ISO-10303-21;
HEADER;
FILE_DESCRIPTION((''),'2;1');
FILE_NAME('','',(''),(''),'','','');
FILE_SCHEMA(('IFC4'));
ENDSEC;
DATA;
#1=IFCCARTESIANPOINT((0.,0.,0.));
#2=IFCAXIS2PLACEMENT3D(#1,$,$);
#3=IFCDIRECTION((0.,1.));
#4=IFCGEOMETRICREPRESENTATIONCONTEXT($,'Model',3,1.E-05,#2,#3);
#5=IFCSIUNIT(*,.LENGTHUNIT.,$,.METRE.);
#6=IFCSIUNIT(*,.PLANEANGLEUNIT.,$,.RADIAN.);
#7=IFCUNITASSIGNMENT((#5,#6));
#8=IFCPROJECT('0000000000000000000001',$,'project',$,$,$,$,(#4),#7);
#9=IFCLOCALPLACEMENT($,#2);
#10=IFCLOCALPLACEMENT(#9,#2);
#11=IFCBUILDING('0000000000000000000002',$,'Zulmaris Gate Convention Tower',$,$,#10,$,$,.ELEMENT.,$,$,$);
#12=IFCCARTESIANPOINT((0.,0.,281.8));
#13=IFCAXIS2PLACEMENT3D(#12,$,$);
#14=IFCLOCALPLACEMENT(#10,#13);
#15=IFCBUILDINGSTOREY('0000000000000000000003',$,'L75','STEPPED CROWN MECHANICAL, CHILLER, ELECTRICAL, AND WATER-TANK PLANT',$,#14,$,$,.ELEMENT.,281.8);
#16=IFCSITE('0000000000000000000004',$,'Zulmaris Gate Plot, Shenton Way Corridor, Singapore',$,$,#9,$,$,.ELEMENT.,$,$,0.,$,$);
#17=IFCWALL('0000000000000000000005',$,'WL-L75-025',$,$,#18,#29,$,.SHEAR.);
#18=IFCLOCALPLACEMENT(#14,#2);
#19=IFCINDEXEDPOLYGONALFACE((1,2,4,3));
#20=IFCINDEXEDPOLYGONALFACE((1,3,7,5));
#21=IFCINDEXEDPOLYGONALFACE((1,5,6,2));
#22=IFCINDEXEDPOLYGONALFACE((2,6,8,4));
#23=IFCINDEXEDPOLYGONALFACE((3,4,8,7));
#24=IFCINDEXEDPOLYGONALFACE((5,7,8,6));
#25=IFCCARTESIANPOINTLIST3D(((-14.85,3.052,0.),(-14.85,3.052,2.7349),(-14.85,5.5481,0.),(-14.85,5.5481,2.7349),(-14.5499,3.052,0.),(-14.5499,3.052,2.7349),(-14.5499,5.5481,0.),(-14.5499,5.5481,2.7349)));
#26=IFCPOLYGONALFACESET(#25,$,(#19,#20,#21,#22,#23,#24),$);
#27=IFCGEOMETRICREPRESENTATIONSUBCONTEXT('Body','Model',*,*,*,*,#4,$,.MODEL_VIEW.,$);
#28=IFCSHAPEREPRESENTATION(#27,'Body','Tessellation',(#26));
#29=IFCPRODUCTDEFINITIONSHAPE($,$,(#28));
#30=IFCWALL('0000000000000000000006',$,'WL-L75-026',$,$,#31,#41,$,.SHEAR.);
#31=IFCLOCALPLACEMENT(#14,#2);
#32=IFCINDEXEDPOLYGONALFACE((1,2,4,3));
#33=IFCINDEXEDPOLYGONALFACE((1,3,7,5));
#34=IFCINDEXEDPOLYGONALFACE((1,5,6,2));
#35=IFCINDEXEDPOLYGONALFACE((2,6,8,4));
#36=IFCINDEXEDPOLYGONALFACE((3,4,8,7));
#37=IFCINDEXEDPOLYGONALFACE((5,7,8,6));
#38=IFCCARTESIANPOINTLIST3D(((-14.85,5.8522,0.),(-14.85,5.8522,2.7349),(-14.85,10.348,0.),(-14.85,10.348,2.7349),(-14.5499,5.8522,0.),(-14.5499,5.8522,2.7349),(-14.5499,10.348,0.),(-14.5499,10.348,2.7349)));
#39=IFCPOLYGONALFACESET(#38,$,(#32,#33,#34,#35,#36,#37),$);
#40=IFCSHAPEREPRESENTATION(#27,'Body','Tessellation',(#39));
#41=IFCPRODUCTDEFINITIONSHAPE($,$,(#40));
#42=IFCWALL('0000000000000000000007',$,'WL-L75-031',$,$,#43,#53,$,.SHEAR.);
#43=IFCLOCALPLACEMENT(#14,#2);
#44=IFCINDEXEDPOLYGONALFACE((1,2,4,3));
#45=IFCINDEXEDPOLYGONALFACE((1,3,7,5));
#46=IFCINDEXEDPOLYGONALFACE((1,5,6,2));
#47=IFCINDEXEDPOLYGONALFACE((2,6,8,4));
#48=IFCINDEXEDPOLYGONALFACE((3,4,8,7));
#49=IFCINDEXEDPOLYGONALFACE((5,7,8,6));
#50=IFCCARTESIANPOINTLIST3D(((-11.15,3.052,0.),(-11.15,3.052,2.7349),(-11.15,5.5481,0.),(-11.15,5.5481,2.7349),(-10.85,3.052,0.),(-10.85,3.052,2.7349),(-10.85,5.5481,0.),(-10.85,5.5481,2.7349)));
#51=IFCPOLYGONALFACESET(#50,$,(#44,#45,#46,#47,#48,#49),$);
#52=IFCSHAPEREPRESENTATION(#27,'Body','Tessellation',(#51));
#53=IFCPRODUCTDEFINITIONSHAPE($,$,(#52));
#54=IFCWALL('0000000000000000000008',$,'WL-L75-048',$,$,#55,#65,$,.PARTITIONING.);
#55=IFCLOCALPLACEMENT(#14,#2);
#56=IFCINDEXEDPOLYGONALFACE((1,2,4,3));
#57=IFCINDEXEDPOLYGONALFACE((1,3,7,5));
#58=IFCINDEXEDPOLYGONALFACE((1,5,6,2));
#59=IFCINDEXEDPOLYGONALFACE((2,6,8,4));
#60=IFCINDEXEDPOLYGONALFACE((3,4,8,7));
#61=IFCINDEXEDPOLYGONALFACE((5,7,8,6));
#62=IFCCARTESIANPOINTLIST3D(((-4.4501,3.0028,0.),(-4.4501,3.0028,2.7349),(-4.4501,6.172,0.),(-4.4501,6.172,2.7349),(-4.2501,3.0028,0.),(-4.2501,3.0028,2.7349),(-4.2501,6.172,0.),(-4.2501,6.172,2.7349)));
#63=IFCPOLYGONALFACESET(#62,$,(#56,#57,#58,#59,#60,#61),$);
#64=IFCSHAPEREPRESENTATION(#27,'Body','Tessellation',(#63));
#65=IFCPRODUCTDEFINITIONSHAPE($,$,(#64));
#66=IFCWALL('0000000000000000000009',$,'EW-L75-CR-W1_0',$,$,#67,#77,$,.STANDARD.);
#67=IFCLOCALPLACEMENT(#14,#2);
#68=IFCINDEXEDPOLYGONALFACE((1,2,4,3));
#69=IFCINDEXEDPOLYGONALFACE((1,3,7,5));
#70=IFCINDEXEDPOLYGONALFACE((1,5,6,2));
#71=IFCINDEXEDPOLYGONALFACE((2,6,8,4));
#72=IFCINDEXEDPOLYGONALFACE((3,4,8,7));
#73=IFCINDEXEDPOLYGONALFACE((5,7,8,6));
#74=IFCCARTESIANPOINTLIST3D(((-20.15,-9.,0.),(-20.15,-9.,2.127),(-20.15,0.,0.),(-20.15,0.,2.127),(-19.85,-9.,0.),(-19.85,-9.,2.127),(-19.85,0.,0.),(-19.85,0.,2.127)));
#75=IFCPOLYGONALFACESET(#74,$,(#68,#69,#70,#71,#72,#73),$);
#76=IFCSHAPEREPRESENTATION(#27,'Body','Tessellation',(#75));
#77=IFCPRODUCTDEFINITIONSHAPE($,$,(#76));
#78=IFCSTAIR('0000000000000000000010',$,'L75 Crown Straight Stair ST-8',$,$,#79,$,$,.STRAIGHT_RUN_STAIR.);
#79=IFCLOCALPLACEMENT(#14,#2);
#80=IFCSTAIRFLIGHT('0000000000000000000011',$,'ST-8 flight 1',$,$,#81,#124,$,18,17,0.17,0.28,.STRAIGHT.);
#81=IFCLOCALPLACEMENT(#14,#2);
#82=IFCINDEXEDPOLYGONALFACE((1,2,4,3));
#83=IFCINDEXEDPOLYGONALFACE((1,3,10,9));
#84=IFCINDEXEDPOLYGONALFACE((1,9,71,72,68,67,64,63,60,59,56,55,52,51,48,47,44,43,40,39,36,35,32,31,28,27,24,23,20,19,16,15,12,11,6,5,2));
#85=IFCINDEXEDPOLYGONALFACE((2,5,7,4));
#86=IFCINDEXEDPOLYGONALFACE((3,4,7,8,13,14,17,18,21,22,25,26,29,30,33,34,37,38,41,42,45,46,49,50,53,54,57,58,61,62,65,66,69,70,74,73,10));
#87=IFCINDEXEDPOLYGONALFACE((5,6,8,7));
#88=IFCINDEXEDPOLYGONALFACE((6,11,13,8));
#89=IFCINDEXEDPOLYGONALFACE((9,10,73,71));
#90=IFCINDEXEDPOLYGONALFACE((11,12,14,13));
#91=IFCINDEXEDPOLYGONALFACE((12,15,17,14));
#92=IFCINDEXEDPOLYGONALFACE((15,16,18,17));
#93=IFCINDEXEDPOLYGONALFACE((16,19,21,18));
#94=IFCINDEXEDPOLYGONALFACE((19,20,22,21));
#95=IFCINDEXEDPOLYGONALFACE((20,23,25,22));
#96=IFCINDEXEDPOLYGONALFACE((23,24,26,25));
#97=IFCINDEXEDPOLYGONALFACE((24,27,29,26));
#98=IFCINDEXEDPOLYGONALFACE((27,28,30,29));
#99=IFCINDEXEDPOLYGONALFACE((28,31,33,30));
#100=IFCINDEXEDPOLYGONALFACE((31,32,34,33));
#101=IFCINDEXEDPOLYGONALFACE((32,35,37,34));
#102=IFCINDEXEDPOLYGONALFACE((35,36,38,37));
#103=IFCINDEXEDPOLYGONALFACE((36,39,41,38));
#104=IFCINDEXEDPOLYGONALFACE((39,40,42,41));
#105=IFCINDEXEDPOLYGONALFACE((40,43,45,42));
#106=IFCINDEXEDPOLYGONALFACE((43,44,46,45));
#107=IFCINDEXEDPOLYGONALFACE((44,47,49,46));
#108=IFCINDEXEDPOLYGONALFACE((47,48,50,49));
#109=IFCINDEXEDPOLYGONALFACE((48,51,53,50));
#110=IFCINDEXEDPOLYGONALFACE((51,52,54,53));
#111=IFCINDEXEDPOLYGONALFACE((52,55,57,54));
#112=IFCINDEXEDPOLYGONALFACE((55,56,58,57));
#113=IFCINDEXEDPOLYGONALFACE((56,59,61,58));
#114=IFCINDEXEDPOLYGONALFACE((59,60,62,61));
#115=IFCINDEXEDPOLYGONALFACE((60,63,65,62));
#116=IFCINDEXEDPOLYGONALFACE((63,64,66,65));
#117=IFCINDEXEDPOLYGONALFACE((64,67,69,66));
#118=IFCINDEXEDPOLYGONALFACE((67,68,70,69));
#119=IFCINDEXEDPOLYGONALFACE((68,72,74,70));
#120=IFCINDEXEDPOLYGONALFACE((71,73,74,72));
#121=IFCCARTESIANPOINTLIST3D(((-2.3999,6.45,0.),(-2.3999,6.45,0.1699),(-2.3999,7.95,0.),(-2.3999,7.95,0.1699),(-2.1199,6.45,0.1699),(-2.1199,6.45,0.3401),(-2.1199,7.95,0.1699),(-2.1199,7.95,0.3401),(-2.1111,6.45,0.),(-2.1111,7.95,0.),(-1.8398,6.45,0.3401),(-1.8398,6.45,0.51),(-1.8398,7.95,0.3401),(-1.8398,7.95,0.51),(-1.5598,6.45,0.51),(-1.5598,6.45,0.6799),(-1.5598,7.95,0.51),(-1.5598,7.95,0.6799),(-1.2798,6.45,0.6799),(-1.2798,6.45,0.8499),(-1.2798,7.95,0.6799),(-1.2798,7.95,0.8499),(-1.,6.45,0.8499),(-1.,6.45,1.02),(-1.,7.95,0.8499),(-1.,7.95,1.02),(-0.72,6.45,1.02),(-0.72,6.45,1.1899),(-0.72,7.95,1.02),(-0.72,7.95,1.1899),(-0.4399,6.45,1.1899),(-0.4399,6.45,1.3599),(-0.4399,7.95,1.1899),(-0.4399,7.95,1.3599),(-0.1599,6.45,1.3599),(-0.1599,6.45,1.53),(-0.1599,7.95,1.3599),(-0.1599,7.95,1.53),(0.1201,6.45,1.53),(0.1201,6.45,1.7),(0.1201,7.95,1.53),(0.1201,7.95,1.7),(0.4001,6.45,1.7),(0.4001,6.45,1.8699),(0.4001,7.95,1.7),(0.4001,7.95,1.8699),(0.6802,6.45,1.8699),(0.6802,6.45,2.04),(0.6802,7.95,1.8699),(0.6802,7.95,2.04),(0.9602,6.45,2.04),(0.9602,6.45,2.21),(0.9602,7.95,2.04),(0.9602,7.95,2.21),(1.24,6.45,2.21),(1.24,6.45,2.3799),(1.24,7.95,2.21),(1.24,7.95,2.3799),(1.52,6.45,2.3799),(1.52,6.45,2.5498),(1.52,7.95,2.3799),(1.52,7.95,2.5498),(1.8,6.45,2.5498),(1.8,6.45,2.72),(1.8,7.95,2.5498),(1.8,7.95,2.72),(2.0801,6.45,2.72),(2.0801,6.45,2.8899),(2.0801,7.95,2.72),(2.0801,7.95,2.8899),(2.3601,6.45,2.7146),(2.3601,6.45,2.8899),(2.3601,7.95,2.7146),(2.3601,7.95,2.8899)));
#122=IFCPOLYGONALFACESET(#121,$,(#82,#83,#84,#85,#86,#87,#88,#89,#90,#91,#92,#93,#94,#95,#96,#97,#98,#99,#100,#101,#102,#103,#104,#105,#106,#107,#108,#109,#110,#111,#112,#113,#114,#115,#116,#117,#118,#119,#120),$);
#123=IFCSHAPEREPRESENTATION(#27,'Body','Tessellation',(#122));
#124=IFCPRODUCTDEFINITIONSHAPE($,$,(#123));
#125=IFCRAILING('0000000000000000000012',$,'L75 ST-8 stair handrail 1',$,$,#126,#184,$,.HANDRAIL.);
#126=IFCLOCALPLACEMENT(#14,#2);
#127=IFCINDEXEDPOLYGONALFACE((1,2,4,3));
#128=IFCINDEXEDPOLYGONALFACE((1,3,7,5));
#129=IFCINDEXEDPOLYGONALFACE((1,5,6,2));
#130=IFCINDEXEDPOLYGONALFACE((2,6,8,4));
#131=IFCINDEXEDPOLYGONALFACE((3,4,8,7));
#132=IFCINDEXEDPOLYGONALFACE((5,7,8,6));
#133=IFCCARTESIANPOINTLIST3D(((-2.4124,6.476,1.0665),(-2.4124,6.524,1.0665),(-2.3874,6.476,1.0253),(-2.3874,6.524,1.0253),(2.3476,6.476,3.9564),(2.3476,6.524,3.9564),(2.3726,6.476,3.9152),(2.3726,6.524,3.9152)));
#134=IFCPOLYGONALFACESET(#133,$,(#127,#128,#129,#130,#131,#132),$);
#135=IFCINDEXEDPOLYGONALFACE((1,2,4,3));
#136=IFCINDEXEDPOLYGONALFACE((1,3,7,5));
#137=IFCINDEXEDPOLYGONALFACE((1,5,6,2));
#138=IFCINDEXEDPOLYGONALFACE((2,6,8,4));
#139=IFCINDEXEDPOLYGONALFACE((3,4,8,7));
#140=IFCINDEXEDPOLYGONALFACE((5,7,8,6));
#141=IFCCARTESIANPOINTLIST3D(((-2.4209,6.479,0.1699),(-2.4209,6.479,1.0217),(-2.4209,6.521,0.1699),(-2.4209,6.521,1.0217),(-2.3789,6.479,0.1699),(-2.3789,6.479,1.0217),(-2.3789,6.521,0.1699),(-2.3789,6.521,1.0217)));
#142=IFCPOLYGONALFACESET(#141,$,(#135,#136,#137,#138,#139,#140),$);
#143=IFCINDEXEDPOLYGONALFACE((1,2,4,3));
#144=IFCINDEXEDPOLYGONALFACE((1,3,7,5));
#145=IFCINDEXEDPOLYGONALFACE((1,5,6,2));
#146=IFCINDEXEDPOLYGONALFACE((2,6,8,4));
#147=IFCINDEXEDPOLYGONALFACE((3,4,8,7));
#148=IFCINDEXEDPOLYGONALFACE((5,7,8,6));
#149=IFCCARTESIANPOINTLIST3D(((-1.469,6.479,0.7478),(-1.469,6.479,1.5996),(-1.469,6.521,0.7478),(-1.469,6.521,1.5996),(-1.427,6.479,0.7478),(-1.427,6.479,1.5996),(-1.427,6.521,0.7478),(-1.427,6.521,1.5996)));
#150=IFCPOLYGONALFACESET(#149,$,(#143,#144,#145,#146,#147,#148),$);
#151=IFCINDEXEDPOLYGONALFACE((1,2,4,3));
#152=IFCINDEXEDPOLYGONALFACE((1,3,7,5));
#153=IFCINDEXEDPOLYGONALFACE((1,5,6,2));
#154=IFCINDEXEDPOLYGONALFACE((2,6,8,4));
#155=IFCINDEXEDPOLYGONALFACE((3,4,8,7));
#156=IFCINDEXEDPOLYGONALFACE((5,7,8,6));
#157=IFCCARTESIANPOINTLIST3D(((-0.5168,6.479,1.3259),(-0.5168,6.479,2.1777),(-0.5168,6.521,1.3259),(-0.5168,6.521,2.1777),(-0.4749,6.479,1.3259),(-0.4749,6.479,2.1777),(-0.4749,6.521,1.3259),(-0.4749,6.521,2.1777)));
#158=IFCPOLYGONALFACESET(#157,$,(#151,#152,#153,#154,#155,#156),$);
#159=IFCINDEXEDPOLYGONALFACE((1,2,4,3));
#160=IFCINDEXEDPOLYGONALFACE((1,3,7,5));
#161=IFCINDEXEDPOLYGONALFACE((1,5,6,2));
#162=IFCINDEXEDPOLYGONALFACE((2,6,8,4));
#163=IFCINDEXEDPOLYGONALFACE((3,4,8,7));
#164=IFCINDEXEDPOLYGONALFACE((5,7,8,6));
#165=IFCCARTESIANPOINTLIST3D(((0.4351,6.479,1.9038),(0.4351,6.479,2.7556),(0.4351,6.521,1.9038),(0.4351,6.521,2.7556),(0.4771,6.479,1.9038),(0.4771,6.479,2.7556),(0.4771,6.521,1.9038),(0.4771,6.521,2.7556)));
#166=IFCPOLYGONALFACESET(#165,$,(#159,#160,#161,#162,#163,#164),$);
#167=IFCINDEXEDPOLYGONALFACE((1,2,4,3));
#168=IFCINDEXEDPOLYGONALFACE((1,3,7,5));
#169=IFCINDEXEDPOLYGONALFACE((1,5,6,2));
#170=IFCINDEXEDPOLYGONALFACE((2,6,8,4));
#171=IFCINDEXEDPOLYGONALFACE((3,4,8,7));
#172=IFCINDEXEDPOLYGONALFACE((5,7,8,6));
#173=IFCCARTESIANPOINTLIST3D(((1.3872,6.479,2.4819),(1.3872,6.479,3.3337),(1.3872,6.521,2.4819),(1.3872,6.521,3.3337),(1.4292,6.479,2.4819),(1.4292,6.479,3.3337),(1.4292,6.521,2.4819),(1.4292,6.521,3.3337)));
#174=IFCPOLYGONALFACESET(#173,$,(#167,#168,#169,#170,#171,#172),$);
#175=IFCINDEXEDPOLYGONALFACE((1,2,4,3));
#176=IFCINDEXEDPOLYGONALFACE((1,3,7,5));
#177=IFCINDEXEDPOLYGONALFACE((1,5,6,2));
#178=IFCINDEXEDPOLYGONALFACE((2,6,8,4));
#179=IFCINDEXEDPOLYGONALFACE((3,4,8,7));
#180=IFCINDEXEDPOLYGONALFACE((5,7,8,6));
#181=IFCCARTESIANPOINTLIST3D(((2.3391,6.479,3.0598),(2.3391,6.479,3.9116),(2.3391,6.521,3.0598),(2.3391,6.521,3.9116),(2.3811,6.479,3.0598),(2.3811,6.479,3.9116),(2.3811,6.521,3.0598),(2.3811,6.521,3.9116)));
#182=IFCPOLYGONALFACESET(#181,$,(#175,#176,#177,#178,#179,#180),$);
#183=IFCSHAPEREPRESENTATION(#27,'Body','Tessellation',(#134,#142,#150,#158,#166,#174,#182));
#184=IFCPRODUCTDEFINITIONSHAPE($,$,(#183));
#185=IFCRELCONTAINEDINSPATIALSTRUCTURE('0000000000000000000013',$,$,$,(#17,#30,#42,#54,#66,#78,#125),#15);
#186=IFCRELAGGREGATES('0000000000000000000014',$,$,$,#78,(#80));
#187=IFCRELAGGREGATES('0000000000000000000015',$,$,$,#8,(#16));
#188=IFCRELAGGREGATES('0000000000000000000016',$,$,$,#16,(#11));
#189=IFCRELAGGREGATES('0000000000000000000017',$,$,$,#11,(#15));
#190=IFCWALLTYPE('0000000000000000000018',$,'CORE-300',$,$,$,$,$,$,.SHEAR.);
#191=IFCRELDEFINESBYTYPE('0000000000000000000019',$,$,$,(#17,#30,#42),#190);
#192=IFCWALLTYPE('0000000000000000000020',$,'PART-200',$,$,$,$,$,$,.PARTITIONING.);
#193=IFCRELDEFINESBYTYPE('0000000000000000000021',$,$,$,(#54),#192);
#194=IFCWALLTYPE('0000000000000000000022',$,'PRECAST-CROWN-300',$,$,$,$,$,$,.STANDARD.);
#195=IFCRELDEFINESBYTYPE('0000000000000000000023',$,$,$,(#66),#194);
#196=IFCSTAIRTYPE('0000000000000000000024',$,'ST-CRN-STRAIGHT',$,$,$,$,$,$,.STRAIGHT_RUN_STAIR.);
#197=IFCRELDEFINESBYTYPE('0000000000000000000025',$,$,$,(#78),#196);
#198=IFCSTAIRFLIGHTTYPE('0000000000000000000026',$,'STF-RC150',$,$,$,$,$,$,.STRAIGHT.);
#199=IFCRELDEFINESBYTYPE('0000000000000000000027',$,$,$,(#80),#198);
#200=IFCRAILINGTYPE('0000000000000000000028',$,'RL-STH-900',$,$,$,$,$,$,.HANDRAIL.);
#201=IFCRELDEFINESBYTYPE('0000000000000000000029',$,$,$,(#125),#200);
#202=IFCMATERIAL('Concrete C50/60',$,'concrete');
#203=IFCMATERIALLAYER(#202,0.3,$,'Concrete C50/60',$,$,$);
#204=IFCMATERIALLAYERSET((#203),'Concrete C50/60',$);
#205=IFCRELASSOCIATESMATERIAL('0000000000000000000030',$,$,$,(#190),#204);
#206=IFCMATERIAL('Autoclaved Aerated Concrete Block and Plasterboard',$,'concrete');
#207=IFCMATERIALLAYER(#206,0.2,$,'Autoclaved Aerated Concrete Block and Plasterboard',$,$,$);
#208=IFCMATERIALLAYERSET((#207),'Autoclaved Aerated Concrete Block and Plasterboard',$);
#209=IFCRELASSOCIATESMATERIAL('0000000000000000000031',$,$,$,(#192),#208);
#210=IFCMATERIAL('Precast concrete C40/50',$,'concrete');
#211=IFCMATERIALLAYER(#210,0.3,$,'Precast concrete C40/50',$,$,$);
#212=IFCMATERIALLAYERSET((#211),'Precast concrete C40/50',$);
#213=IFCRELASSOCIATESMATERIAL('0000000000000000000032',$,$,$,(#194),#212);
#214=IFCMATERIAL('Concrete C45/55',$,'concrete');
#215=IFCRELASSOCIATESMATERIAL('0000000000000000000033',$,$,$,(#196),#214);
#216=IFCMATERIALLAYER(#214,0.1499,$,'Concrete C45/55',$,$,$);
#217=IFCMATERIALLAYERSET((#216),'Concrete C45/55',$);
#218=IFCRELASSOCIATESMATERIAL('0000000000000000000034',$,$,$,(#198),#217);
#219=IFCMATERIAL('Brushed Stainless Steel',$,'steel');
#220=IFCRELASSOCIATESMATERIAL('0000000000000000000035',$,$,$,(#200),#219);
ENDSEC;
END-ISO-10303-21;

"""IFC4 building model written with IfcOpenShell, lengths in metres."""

from ifc_helpers import new_model, si_unit, direction, frame, frame_2d, origin, origin_2d, place, context, subcontext, project, spatial, polyline, rectangle, outline, extrude, material, layer, layer_set, type_object, element, aggregate, save


model = new_model("IFC4")

# Units and contexts
model_context = context("Model", 3, precision=1e-05, world=origin(), true_north=direction((0.0, 1.0)))
body_context = subcontext(model_context, "Body", "Model", "MODEL_VIEW")
ifc_project = project(units=[si_unit("LENGTHUNIT", "METRE"), si_unit("PLANEANGLEUNIT", "RADIAN")], contexts=[model_context])

# Site, building, storey
site_placement = place(None, origin())
site = spatial("IfcSite", under=ifc_project, at=site_placement, Name="Zulmaris Gate Plot, Shenton Way Corridor, Singapore", CompositionType="ELEMENT", RefElevation=0.0)
building_placement = place(site_placement, origin())
building = spatial("IfcBuilding", under=site, at=building_placement, Name="Zulmaris Gate Convention Tower", CompositionType="ELEMENT")
storey_placement = place(building_placement, frame((0.0, 0.0, 281.8)))
storey = spatial("IfcBuildingStorey", under=building, at=storey_placement, Name="L75", Description="STEPPED CROWN MECHANICAL, CHILLER, ELECTRICAL, AND WATER-TANK PLANT", CompositionType="ELEMENT", Elevation=281.8)

# Shared definitions
ifc_material_1 = material(Name="Concrete C45/55", Category="concrete")

# Shared definitions
ifc_material_2 = material(Name="Concrete C50/60", Category="concrete")

# Shared definitions
ifc_layer_1 = layer(ifc_material_2, 0.3, Name="Concrete C50/60")
ifc_layer_set_1 = layer_set([ifc_layer_1], Name="Concrete C50/60")
wall_type_1 = type_object("IfcWallType", Name="CORE-300", PredefinedType="SHEAR", material=ifc_layer_set_1)
ifc_material_3 = material(Name="Brushed Stainless Steel", Category="steel")

# Walls
wall_1_placement = place(storey_placement, frame((-14.7, 3.052, 0.0), z_axis=(0.0, 0.0, 1.0), x_axis=(0.0, 1.0, 0.0)))
element("IfcWall", 1, at=wall_1_placement, inside=storey, type_object=wall_type_1, Name="WL-L75-025", PredefinedType="SHEAR", context=body_context, shape_type="SweptSolid", body=[
    extrude(rectangle(XDim=2.4961, YDim=0.3, at=frame_2d((1.248, 0.0))), origin(), (0.0, 0.0, 1.0), 2.7349),
])
wall_2_placement = place(storey_placement, frame((-14.7, 5.8521, 0.0), z_axis=(0.0, 0.0, 1.0), x_axis=(0.0, 1.0, 0.0)))
element("IfcWall", 2, at=wall_2_placement, inside=storey, type_object=wall_type_1, Name="WL-L75-026", PredefinedType="SHEAR", context=body_context, shape_type="SweptSolid", body=[
    extrude(rectangle(XDim=4.4958, YDim=0.3, at=frame_2d((2.248, 0.0))), origin(), (0.0, 0.0, 1.0), 2.7349),
])

# Wall
wall_3_placement = place(storey_placement, frame((-11.0, 3.052, 0.0), z_axis=(0.0, 0.0, 1.0), x_axis=(0.0, 1.0, 0.0)))
element("IfcWall", 3, at=wall_3_placement, inside=storey, type_object=wall_type_1, Name="WL-L75-031", PredefinedType="SHEAR", context=body_context, shape_type="SweptSolid", body=[
    extrude(rectangle(XDim=2.4961, YDim=0.3, at=frame_2d((1.248, 0.0))), origin(), (0.0, 0.0, 1.0), 2.7349),
])

# Shared definitions
ifc_material_4 = material(Name="Autoclaved Aerated Concrete Block and Plasterboard", Category="concrete")
ifc_layer_2 = layer(ifc_material_4, 0.2, Name="Autoclaved Aerated Concrete Block and Plasterboard")
ifc_layer_set_2 = layer_set([ifc_layer_2], Name="Autoclaved Aerated Concrete Block and Plasterboard")
wall_type_2 = type_object("IfcWallType", Name="PART-200", PredefinedType="PARTITIONING", material=ifc_layer_set_2)

# Walls
wall_4_placement = place(storey_placement, frame((-4.3501, 3.0029, 0.0), z_axis=(0.0, 0.0, 1.0), x_axis=(0.0, 1.0, 0.0)))
element("IfcWall", 4, at=wall_4_placement, inside=storey, type_object=wall_type_2, Name="WL-L75-048", PredefinedType="PARTITIONING", context=body_context, shape_type="SweptSolid", body=[
    extrude(rectangle(XDim=3.1692, YDim=0.2, at=frame_2d((1.5845, 0.0))), origin(), (0.0, 0.0, 1.0), 2.7349),
])
ifc_material_5 = material(Name="Precast concrete C40/50", Category="concrete")
ifc_layer_3 = layer(ifc_material_5, 0.3, Name="Precast concrete C40/50")
ifc_layer_set_3 = layer_set([ifc_layer_3], Name="Precast concrete C40/50")
wall_type_3 = type_object("IfcWallType", Name="PRECAST-CROWN-300", PredefinedType="STANDARD", material=ifc_layer_set_3)
wall_5_placement = place(storey_placement, frame((-20.0, 0.0, 0.0), z_axis=(0.0, 0.0, 1.0), x_axis=(0.0, -1.0, 0.0)))
element("IfcWall", 5, at=wall_5_placement, inside=storey, type_object=wall_type_3, Name="EW-L75-CR-W1_0", PredefinedType="STANDARD", context=body_context, shape_type="SweptSolid", body=[
    extrude(rectangle(XDim=9.0, YDim=0.3, at=frame_2d((4.5, 0.0))), origin(), (0.0, 0.0, 1.0), 2.127),
])

# Stair, stair flight
stair_type_1 = type_object("IfcStairType", Name="ST-CRN-STRAIGHT", PredefinedType="STRAIGHT_RUN_STAIR", material=ifc_material_1)
stair_1_placement = place(storey_placement, origin())
stair_1 = element("IfcStair", 6, at=stair_1_placement, inside=storey, type_object=stair_type_1, Name="L75 Crown Straight Stair ST-8", PredefinedType="STRAIGHT_RUN_STAIR")
ifc_layer_4 = layer(ifc_material_1, 0.1499, Name="Concrete C45/55")
ifc_layer_set_4 = layer_set([ifc_layer_4], Name="Concrete C45/55")
stair_flight_type = type_object("IfcStairFlightType", Name="STF-RC150", PredefinedType="STRAIGHT", material=ifc_layer_set_4)
stair_flight_placement = place(storey_placement, frame((-2.3999, 7.2, 0.0), z_axis=(0.0, 0.0, 1.0), x_axis=(1.0, 0.0, 0.0)))
stair_flight = element("IfcStairFlight", 7, at=stair_flight_placement, type_object=stair_flight_type, Name="ST-8 flight 1", NumberOfRisers=18, NumberOfTreads=17, PredefinedType="STRAIGHT", RiserHeight=0.17, TreadLength=0.28, context=body_context, shape_type="SweptSolid", body=[
    extrude(outline(polyline([(0.0, 0.0), (0.0, 0.1699), (0.28, 0.1699), (0.28, 0.3401), (0.5601, 0.3401), (0.5601, 0.51), (0.8401, 0.51), (0.8401, 0.6799), (1.1201, 0.6799), (1.1201, 0.8499), (1.3999, 0.8499), (1.3999, 1.02), (1.6799, 1.02), (1.6799, 1.1899), (1.96, 1.1899), (1.96, 1.3599), (2.24, 1.3599), (2.24, 1.53), (2.52, 1.53), (2.52, 1.7), (2.8, 1.7), (2.8, 1.8699), (3.0801, 1.8699), (3.0801, 2.04), (3.3601, 2.04), (3.3601, 2.21), (3.6399, 2.21), (3.6399, 2.3799), (3.9199, 2.3799), (3.9199, 2.5498), (4.2, 2.5498), (4.2, 2.72), (4.48, 2.72), (4.48, 2.8899), (4.76, 2.8899), (4.76, 3.0598), (4.76, 2.7146), (0.2888, 0.0), (0.0, 0.0)])), frame((0.0, 0.75, 0.0), z_axis=(0.0, -1.0, 0.0), x_axis=(1.0, 0.0, 0.0)), (0.0, 0.0, 1.0), 1.5),
])
aggregate(stair_1, [stair_flight])

# Railing
railing_type = type_object("IfcRailingType", Name="RL-STH-900", PredefinedType="HANDRAIL", material=ifc_material_3)
railing_placement = place(storey_placement, frame((-2.3999, 6.5, 0.1699)))
element("IfcRailing", 8, at=railing_placement, inside=storey, type_object=railing_type, Name="L75 ST-8 stair handrail 1", PredefinedType="HANDRAIL", context=body_context, shape_type="SweptSolid", body=[
    extrude(rectangle(XDim=0.0481, YDim=0.0481, at=origin_2d()), frame((0.0, 0.0, 0.876), z_axis=(0.854797, 0.0, 0.518963), x_axis=(0.0, 1.0, 0.0)), (0.0, 0.0, 1.0), 5.5686),
    extrude(rectangle(XDim=0.042, YDim=0.042, at=origin_2d()), origin(), (0.0, 0.0, 1.0), 0.8518),
    extrude(rectangle(XDim=0.042, YDim=0.042, at=origin_2d()), frame((0.9519, 0.0, 0.5779)), (0.0, 0.0, 1.0), 0.8518),
    extrude(rectangle(XDim=0.042, YDim=0.042, at=origin_2d()), frame((1.9041, 0.0, 1.156)), (0.0, 0.0, 1.0), 0.8518),
    extrude(rectangle(XDim=0.042, YDim=0.042, at=origin_2d()), frame((2.856, 0.0, 1.7339)), (0.0, 0.0, 1.0), 0.8518),
    extrude(rectangle(XDim=0.042, YDim=0.042, at=origin_2d()), frame((3.8081, 0.0, 2.312)), (0.0, 0.0, 1.0), 0.8518),
    extrude(rectangle(XDim=0.042, YDim=0.042, at=origin_2d()), frame((4.76, 0.0, 2.8899)), (0.0, 0.0, 1.0), 0.8518),
])

save(model, "model.ifc")
